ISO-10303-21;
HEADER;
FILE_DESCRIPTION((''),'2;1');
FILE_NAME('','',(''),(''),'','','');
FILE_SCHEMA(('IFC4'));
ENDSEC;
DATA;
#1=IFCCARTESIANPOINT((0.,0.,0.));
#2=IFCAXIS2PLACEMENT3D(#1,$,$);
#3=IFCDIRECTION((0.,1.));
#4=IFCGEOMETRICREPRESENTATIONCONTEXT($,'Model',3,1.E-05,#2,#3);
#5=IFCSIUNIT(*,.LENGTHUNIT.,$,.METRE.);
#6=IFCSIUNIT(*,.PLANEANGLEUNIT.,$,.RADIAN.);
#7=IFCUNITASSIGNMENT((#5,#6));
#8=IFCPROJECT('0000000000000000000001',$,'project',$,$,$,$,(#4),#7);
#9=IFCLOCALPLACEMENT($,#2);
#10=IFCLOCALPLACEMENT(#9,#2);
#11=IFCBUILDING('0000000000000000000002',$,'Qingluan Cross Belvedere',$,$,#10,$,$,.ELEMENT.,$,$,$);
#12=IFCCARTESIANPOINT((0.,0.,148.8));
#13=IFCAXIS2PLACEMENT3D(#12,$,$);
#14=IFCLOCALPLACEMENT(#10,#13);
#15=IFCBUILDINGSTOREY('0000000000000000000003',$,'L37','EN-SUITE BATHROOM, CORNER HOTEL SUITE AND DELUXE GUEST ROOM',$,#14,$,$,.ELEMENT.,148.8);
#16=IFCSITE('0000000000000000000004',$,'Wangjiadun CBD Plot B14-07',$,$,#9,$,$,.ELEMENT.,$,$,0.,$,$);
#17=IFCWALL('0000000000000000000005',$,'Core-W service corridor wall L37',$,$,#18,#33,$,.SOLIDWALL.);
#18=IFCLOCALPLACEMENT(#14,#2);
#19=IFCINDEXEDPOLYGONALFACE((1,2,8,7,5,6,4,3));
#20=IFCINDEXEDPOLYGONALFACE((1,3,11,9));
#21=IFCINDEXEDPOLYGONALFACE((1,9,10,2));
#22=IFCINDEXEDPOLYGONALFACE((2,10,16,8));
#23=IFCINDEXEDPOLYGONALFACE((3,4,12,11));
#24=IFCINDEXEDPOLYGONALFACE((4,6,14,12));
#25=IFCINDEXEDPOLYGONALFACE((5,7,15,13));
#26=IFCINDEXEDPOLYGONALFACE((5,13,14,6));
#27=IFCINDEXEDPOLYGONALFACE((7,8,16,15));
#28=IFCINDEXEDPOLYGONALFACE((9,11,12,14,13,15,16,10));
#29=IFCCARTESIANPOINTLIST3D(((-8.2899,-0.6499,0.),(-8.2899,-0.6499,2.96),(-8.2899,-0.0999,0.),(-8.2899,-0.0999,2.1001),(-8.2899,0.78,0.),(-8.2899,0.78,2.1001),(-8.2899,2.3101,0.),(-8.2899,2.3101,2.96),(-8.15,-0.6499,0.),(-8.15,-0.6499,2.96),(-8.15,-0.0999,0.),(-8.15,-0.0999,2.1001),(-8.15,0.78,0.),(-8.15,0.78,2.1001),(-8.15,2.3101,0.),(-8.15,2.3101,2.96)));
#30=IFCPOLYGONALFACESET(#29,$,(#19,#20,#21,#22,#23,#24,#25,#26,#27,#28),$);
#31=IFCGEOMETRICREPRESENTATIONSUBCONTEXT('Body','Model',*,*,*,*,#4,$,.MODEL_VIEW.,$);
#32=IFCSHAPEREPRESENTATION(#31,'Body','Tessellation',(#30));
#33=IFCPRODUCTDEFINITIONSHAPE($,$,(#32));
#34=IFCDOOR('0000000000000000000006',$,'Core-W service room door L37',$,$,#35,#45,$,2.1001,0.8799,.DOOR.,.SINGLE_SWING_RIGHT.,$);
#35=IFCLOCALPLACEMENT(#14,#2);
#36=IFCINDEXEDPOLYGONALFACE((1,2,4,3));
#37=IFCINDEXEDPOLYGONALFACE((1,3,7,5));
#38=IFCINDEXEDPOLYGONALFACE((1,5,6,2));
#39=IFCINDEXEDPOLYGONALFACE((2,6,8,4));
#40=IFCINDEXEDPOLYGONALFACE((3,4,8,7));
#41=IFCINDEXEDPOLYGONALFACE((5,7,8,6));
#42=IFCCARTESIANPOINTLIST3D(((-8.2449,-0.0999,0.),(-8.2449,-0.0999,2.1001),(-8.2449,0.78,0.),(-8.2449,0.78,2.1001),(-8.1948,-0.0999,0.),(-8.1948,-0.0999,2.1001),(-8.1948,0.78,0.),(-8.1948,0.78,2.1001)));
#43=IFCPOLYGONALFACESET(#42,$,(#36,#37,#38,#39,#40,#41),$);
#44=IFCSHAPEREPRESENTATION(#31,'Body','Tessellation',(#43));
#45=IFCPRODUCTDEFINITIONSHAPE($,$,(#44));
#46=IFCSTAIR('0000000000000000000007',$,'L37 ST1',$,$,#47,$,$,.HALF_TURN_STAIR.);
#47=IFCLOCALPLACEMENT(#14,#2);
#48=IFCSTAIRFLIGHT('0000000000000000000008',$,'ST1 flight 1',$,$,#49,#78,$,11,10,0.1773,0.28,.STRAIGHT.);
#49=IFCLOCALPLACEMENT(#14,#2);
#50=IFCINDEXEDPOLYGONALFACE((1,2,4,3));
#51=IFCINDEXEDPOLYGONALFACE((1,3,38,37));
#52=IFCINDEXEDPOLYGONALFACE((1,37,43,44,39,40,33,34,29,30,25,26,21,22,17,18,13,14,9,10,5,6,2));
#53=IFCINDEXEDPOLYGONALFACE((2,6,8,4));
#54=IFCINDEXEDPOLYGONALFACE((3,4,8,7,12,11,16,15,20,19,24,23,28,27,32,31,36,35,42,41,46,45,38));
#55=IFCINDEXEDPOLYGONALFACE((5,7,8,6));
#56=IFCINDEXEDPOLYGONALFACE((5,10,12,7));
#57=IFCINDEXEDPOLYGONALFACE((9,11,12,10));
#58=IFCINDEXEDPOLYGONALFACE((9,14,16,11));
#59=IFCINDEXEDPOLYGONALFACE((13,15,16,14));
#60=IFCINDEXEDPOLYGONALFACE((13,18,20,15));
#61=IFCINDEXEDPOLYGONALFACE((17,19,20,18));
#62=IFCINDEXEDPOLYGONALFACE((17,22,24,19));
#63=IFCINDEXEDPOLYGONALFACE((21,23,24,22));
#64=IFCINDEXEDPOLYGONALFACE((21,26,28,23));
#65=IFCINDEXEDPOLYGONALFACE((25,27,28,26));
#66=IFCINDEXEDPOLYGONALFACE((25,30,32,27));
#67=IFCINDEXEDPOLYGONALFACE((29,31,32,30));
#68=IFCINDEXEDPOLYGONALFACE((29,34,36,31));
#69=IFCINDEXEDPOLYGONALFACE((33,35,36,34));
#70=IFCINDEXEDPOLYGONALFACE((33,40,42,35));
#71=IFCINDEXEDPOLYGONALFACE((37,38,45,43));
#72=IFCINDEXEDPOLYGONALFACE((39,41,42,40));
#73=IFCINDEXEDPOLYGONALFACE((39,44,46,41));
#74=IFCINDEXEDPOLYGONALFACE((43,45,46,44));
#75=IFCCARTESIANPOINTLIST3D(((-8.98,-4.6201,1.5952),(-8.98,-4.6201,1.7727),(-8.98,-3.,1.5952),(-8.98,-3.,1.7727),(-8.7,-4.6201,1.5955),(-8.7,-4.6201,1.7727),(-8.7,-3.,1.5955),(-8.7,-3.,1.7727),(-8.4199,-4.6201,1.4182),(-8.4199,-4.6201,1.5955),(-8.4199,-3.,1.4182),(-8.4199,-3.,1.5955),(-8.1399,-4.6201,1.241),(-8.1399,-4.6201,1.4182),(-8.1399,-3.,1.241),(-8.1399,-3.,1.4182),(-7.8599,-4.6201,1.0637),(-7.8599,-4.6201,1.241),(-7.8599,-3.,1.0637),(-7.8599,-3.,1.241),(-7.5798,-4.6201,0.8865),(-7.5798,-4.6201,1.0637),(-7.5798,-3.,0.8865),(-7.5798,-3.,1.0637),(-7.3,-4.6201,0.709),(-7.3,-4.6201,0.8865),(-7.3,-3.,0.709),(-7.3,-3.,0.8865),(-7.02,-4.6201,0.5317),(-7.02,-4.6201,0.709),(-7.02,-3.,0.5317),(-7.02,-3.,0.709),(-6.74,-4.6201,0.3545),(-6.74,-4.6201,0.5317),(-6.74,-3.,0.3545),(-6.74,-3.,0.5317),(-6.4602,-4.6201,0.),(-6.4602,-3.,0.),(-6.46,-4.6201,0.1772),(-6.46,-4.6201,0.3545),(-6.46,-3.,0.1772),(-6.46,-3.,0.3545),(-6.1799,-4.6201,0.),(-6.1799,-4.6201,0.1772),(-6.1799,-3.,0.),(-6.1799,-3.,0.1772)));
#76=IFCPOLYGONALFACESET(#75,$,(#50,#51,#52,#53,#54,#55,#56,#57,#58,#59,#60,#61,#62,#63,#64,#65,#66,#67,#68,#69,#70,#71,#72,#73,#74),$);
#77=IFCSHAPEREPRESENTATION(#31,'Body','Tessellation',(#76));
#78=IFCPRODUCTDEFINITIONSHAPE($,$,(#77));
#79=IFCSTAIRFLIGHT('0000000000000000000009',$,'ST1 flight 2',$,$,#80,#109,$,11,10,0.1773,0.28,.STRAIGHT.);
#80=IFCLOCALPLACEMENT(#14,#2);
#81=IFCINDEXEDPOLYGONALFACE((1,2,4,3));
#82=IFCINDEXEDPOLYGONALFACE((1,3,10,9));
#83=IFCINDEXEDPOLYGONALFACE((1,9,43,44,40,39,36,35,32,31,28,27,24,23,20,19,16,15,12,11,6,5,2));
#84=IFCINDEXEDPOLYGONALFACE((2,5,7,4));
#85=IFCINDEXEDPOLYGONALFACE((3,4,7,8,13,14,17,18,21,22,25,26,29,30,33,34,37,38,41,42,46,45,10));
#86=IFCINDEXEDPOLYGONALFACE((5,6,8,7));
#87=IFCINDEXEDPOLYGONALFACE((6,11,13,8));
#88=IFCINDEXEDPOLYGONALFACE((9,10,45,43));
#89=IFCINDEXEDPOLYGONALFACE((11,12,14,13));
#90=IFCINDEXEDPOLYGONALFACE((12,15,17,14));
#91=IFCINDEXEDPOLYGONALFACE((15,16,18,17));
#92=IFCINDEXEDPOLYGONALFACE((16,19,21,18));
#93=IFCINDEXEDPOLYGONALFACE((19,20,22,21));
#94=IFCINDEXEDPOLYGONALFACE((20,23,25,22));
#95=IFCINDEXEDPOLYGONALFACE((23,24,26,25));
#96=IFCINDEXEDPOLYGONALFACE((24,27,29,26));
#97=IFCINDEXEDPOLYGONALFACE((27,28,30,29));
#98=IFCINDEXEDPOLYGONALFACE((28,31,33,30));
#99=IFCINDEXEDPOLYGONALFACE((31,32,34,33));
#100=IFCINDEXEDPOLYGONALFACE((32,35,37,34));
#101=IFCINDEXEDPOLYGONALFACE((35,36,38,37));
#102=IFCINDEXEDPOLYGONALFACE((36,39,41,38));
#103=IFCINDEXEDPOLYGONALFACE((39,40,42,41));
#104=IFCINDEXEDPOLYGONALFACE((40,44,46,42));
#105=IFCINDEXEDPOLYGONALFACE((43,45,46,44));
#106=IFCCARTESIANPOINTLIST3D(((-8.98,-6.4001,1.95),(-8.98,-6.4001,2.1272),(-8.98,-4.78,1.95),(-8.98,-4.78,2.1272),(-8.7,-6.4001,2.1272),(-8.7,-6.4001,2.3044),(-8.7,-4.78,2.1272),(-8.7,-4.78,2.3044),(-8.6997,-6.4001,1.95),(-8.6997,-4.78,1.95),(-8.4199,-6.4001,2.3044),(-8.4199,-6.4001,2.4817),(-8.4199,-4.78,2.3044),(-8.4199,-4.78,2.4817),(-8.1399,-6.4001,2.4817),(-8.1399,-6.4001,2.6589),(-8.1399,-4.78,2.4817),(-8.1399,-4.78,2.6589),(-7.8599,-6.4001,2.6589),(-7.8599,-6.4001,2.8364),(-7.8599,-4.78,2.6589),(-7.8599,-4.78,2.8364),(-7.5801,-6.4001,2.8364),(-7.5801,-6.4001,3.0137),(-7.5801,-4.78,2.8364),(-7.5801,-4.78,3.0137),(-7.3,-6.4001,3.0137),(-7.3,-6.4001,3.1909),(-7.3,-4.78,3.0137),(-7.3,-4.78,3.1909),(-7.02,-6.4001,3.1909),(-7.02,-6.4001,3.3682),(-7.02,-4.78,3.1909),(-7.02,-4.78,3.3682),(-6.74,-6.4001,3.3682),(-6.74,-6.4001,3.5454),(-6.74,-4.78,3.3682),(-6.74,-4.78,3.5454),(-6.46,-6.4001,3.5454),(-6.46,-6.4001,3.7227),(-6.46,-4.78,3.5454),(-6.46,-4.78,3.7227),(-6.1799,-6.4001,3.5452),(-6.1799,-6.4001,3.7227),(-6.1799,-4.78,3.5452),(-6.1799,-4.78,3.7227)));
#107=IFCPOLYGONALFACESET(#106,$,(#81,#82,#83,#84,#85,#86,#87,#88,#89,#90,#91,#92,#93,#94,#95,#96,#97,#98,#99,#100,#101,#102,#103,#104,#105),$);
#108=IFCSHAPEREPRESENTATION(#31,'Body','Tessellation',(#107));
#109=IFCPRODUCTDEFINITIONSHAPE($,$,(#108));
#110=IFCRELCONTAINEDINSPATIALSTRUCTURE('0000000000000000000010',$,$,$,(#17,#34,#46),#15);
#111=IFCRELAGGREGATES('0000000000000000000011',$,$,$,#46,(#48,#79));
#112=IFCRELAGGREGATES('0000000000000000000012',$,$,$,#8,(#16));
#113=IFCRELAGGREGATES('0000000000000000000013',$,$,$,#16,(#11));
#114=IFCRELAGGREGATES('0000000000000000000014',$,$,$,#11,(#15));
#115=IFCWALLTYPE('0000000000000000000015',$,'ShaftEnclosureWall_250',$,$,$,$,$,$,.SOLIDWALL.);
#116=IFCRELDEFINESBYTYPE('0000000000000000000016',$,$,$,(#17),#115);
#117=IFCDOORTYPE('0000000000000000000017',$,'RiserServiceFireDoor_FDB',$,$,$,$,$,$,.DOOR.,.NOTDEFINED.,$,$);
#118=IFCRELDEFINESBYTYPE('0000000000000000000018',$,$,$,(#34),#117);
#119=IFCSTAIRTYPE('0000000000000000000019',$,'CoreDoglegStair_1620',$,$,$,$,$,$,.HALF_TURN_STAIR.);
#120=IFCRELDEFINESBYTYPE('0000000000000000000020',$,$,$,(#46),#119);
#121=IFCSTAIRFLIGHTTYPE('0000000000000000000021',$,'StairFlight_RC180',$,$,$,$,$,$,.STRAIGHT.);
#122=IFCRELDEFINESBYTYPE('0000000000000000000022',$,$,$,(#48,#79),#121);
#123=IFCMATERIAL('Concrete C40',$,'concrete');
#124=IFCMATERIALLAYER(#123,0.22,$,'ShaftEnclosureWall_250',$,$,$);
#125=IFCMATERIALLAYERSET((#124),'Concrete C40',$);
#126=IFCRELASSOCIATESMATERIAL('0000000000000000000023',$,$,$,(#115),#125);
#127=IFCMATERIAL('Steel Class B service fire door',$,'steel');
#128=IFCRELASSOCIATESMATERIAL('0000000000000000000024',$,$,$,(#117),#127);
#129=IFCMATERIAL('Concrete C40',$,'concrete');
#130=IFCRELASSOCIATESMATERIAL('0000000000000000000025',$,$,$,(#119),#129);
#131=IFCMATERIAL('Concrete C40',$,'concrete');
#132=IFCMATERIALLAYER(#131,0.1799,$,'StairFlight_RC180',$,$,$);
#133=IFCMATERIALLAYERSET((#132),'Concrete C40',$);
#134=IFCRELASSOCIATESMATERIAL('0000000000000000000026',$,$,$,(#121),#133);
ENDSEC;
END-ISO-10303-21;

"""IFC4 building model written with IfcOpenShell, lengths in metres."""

from ifc_helpers import new_model, si_unit, direction, frame, frame_2d, origin, place, context, subcontext, project, spatial, polyline, rectangle, outline, extrude, material, layer, layer_set, type_object, element, fill, aggregate, save


model = new_model("IFC4")

# Units and contexts
model_context = context("Model", 3, precision=1e-05, world=origin(), true_north=direction((0.0, 1.0)))
body_context = subcontext(model_context, "Body", "Model", "MODEL_VIEW")
ifc_project = project(units=[si_unit("LENGTHUNIT", "METRE"), si_unit("PLANEANGLEUNIT", "RADIAN")], contexts=[model_context])

# Site, building, storey
site_placement = place(None, origin())
site = spatial("IfcSite", under=ifc_project, at=site_placement, Name="Wangjiadun CBD Plot B14-07", CompositionType="ELEMENT", RefElevation=0.0)
building_placement = place(site_placement, origin())
building = spatial("IfcBuilding", under=site, at=building_placement, Name="Qingluan Cross Belvedere", CompositionType="ELEMENT")
storey_placement = place(building_placement, frame((0.0, 0.0, 148.8)))
storey = spatial("IfcBuildingStorey", under=building, at=storey_placement, Name="L37", Description="EN-SUITE BATHROOM, CORNER HOTEL SUITE AND DELUXE GUEST ROOM", CompositionType="ELEMENT", Elevation=148.8)

# Shared definitions
ifc_material_1 = material(Name="Concrete C40", Category="concrete")
ifc_layer_1 = layer(ifc_material_1, 0.22, Name="ShaftEnclosureWall_250")
ifc_layer_set_1 = layer_set([ifc_layer_1], Name="Concrete C40")
wall_type_1 = type_object("IfcWallType", Name="ShaftEnclosureWall_250", PredefinedType="SOLIDWALL", material=ifc_layer_set_1)

# Wall, opening, door
wall_1_placement = place(storey_placement, frame((-8.22, -0.6499, 0.0), z_axis=(0.0, 0.0, 1.0), x_axis=(0.0, 1.0, 0.0)))
wall_1 = element("IfcWall", 1, at=wall_1_placement, inside=storey, type_object=wall_type_1, Name="Core-W service corridor wall L37", PredefinedType="SOLIDWALL", context=body_context, shape_type="SweptSolid", body=[
    extrude(rectangle(XDim=2.96, YDim=0.1399, at=frame_2d((1.48, 0.0))), origin(), (0.0, 0.0, 1.0), 2.96),
])
opening_1_placement = place(wall_1_placement, frame((0.55, 0.0, 0.0)))
opening_1 = element("IfcOpeningElement", 2, at=opening_1_placement, cuts=wall_1, PredefinedType="OPENING", context=body_context, shape_type="SweptSolid", body=[
    extrude(rectangle(XDim=0.8799, YDim=2.1001, at=frame_2d((0.4399, 1.05))), frame((0.0, 0.0798, 0.0), z_axis=(0.0, -1.0, 0.0), x_axis=(1.0, 0.0, 0.0)), (0.0, 0.0, 1.0), 0.1599),
])
ifc_material_2 = material(Name="Steel Class B service fire door", Category="steel")
door_type_1 = type_object("IfcDoorType", Name="RiserServiceFireDoor_FDB", OperationType="NOTDEFINED", PredefinedType="DOOR", material=ifc_material_2)
door_1_placement = place(opening_1_placement, origin())
door_1 = element("IfcDoor", 3, at=door_1_placement, inside=storey, type_object=door_type_1, Name="Core-W service room door L37", OperationType="SINGLE_SWING_RIGHT", OverallHeight=2.1001, OverallWidth=0.8799, PredefinedType="DOOR", context=body_context, shape_type="SweptSolid", body=[
    extrude(rectangle(XDim=0.8799, YDim=2.1001, at=frame_2d((0.4399, 1.05))), frame((0.0, 0.0249, 0.0), z_axis=(0.0, -1.0, 0.0), x_axis=(1.0, 0.0, 0.0)), (0.0, 0.0, 1.0), 0.05),
])
fill(opening_1, door_1)

# Stair, stair flights
ifc_material_3 = material(Name="Concrete C40", Category="concrete")
stair_type = type_object("IfcStairType", Name="CoreDoglegStair_1620", PredefinedType="HALF_TURN_STAIR", material=ifc_material_3)
stair_placement = place(storey_placement, origin())
stair = element("IfcStair", 4, at=stair_placement, inside=storey, type_object=stair_type, Name="L37 ST1", PredefinedType="HALF_TURN_STAIR")
ifc_material_4 = material(Name="Concrete C40", Category="concrete")
ifc_layer_2 = layer(ifc_material_4, 0.1799, Name="StairFlight_RC180")
ifc_layer_set_2 = layer_set([ifc_layer_2], Name="Concrete C40")
stair_flight_type = type_object("IfcStairFlightType", Name="StairFlight_RC180", PredefinedType="STRAIGHT", material=ifc_layer_set_2)
stair_flight_1_placement = place(storey_placement, frame((-6.1799, -3.8101, 0.0), z_axis=(0.0, 0.0, 1.0), x_axis=(-1.0, 0.0, 0.0)))
stair_flight_1 = element("IfcStairFlight", 5, at=stair_flight_1_placement, type_object=stair_flight_type, Name="ST1 flight 1", NumberOfRisers=11, NumberOfTreads=10, PredefinedType="STRAIGHT", RiserHeight=0.1773, TreadLength=0.28, context=body_context, shape_type="SweptSolid", body=[
    extrude(outline(polyline([(0.0, 0.0), (0.0, 0.1772), (0.28, 0.1772), (0.28, 0.3545), (0.5601, 0.3545), (0.5601, 0.5317), (0.8401, 0.5317), (0.8401, 0.709), (1.1201, 0.709), (1.1201, 0.8865), (1.3999, 0.8865), (1.3999, 1.0637), (1.6799, 1.0637), (1.6799, 1.241), (1.96, 1.241), (1.96, 1.4182), (2.24, 1.4182), (2.24, 1.5955), (2.52, 1.5955), (2.52, 1.7727), (2.8, 1.7727), (2.8, 1.95), (2.8, 1.5952), (0.2803, 0.0), (0.0, 0.0)])), frame((0.0, 0.8101, 0.0), z_axis=(0.0, -1.0, 0.0), x_axis=(1.0, 0.0, 0.0)), (0.0, 0.0, 1.0), 1.6201),
])
stair_flight_2_placement = place(storey_placement, frame((-8.98, -5.5901, 1.95), z_axis=(0.0, 0.0, 1.0), x_axis=(1.0, 0.0, 0.0)))
stair_flight_2 = element("IfcStairFlight", 6, at=stair_flight_2_placement, type_object=stair_flight_type, Name="ST1 flight 2", NumberOfRisers=11, NumberOfTreads=10, PredefinedType="STRAIGHT", RiserHeight=0.1773, TreadLength=0.28, context=body_context, shape_type="SweptSolid", body=[
    extrude(outline(polyline([(0.0, 0.0), (0.0, 0.1772), (0.28, 0.1772), (0.28, 0.3545), (0.5601, 0.3545), (0.5601, 0.5317), (0.8401, 0.5317), (0.8401, 0.709), (1.1201, 0.709), (1.1201, 0.8865), (1.3999, 0.8865), (1.3999, 1.0637), (1.6799, 1.0637), (1.6799, 1.241), (1.96, 1.241), (1.96, 1.4182), (2.24, 1.4182), (2.24, 1.5955), (2.52, 1.5955), (2.52, 1.7727), (2.8, 1.7727), (2.8, 1.95), (2.8, 1.5952), (0.2803, 0.0), (0.0, 0.0)])), frame((0.0, 0.8101, 0.0), z_axis=(0.0, -1.0, 0.0), x_axis=(1.0, 0.0, 0.0)), (0.0, 0.0, 1.0), 1.6201),
])
aggregate(stair, [stair_flight_1, stair_flight_2])

save(model, "model.ifc")
